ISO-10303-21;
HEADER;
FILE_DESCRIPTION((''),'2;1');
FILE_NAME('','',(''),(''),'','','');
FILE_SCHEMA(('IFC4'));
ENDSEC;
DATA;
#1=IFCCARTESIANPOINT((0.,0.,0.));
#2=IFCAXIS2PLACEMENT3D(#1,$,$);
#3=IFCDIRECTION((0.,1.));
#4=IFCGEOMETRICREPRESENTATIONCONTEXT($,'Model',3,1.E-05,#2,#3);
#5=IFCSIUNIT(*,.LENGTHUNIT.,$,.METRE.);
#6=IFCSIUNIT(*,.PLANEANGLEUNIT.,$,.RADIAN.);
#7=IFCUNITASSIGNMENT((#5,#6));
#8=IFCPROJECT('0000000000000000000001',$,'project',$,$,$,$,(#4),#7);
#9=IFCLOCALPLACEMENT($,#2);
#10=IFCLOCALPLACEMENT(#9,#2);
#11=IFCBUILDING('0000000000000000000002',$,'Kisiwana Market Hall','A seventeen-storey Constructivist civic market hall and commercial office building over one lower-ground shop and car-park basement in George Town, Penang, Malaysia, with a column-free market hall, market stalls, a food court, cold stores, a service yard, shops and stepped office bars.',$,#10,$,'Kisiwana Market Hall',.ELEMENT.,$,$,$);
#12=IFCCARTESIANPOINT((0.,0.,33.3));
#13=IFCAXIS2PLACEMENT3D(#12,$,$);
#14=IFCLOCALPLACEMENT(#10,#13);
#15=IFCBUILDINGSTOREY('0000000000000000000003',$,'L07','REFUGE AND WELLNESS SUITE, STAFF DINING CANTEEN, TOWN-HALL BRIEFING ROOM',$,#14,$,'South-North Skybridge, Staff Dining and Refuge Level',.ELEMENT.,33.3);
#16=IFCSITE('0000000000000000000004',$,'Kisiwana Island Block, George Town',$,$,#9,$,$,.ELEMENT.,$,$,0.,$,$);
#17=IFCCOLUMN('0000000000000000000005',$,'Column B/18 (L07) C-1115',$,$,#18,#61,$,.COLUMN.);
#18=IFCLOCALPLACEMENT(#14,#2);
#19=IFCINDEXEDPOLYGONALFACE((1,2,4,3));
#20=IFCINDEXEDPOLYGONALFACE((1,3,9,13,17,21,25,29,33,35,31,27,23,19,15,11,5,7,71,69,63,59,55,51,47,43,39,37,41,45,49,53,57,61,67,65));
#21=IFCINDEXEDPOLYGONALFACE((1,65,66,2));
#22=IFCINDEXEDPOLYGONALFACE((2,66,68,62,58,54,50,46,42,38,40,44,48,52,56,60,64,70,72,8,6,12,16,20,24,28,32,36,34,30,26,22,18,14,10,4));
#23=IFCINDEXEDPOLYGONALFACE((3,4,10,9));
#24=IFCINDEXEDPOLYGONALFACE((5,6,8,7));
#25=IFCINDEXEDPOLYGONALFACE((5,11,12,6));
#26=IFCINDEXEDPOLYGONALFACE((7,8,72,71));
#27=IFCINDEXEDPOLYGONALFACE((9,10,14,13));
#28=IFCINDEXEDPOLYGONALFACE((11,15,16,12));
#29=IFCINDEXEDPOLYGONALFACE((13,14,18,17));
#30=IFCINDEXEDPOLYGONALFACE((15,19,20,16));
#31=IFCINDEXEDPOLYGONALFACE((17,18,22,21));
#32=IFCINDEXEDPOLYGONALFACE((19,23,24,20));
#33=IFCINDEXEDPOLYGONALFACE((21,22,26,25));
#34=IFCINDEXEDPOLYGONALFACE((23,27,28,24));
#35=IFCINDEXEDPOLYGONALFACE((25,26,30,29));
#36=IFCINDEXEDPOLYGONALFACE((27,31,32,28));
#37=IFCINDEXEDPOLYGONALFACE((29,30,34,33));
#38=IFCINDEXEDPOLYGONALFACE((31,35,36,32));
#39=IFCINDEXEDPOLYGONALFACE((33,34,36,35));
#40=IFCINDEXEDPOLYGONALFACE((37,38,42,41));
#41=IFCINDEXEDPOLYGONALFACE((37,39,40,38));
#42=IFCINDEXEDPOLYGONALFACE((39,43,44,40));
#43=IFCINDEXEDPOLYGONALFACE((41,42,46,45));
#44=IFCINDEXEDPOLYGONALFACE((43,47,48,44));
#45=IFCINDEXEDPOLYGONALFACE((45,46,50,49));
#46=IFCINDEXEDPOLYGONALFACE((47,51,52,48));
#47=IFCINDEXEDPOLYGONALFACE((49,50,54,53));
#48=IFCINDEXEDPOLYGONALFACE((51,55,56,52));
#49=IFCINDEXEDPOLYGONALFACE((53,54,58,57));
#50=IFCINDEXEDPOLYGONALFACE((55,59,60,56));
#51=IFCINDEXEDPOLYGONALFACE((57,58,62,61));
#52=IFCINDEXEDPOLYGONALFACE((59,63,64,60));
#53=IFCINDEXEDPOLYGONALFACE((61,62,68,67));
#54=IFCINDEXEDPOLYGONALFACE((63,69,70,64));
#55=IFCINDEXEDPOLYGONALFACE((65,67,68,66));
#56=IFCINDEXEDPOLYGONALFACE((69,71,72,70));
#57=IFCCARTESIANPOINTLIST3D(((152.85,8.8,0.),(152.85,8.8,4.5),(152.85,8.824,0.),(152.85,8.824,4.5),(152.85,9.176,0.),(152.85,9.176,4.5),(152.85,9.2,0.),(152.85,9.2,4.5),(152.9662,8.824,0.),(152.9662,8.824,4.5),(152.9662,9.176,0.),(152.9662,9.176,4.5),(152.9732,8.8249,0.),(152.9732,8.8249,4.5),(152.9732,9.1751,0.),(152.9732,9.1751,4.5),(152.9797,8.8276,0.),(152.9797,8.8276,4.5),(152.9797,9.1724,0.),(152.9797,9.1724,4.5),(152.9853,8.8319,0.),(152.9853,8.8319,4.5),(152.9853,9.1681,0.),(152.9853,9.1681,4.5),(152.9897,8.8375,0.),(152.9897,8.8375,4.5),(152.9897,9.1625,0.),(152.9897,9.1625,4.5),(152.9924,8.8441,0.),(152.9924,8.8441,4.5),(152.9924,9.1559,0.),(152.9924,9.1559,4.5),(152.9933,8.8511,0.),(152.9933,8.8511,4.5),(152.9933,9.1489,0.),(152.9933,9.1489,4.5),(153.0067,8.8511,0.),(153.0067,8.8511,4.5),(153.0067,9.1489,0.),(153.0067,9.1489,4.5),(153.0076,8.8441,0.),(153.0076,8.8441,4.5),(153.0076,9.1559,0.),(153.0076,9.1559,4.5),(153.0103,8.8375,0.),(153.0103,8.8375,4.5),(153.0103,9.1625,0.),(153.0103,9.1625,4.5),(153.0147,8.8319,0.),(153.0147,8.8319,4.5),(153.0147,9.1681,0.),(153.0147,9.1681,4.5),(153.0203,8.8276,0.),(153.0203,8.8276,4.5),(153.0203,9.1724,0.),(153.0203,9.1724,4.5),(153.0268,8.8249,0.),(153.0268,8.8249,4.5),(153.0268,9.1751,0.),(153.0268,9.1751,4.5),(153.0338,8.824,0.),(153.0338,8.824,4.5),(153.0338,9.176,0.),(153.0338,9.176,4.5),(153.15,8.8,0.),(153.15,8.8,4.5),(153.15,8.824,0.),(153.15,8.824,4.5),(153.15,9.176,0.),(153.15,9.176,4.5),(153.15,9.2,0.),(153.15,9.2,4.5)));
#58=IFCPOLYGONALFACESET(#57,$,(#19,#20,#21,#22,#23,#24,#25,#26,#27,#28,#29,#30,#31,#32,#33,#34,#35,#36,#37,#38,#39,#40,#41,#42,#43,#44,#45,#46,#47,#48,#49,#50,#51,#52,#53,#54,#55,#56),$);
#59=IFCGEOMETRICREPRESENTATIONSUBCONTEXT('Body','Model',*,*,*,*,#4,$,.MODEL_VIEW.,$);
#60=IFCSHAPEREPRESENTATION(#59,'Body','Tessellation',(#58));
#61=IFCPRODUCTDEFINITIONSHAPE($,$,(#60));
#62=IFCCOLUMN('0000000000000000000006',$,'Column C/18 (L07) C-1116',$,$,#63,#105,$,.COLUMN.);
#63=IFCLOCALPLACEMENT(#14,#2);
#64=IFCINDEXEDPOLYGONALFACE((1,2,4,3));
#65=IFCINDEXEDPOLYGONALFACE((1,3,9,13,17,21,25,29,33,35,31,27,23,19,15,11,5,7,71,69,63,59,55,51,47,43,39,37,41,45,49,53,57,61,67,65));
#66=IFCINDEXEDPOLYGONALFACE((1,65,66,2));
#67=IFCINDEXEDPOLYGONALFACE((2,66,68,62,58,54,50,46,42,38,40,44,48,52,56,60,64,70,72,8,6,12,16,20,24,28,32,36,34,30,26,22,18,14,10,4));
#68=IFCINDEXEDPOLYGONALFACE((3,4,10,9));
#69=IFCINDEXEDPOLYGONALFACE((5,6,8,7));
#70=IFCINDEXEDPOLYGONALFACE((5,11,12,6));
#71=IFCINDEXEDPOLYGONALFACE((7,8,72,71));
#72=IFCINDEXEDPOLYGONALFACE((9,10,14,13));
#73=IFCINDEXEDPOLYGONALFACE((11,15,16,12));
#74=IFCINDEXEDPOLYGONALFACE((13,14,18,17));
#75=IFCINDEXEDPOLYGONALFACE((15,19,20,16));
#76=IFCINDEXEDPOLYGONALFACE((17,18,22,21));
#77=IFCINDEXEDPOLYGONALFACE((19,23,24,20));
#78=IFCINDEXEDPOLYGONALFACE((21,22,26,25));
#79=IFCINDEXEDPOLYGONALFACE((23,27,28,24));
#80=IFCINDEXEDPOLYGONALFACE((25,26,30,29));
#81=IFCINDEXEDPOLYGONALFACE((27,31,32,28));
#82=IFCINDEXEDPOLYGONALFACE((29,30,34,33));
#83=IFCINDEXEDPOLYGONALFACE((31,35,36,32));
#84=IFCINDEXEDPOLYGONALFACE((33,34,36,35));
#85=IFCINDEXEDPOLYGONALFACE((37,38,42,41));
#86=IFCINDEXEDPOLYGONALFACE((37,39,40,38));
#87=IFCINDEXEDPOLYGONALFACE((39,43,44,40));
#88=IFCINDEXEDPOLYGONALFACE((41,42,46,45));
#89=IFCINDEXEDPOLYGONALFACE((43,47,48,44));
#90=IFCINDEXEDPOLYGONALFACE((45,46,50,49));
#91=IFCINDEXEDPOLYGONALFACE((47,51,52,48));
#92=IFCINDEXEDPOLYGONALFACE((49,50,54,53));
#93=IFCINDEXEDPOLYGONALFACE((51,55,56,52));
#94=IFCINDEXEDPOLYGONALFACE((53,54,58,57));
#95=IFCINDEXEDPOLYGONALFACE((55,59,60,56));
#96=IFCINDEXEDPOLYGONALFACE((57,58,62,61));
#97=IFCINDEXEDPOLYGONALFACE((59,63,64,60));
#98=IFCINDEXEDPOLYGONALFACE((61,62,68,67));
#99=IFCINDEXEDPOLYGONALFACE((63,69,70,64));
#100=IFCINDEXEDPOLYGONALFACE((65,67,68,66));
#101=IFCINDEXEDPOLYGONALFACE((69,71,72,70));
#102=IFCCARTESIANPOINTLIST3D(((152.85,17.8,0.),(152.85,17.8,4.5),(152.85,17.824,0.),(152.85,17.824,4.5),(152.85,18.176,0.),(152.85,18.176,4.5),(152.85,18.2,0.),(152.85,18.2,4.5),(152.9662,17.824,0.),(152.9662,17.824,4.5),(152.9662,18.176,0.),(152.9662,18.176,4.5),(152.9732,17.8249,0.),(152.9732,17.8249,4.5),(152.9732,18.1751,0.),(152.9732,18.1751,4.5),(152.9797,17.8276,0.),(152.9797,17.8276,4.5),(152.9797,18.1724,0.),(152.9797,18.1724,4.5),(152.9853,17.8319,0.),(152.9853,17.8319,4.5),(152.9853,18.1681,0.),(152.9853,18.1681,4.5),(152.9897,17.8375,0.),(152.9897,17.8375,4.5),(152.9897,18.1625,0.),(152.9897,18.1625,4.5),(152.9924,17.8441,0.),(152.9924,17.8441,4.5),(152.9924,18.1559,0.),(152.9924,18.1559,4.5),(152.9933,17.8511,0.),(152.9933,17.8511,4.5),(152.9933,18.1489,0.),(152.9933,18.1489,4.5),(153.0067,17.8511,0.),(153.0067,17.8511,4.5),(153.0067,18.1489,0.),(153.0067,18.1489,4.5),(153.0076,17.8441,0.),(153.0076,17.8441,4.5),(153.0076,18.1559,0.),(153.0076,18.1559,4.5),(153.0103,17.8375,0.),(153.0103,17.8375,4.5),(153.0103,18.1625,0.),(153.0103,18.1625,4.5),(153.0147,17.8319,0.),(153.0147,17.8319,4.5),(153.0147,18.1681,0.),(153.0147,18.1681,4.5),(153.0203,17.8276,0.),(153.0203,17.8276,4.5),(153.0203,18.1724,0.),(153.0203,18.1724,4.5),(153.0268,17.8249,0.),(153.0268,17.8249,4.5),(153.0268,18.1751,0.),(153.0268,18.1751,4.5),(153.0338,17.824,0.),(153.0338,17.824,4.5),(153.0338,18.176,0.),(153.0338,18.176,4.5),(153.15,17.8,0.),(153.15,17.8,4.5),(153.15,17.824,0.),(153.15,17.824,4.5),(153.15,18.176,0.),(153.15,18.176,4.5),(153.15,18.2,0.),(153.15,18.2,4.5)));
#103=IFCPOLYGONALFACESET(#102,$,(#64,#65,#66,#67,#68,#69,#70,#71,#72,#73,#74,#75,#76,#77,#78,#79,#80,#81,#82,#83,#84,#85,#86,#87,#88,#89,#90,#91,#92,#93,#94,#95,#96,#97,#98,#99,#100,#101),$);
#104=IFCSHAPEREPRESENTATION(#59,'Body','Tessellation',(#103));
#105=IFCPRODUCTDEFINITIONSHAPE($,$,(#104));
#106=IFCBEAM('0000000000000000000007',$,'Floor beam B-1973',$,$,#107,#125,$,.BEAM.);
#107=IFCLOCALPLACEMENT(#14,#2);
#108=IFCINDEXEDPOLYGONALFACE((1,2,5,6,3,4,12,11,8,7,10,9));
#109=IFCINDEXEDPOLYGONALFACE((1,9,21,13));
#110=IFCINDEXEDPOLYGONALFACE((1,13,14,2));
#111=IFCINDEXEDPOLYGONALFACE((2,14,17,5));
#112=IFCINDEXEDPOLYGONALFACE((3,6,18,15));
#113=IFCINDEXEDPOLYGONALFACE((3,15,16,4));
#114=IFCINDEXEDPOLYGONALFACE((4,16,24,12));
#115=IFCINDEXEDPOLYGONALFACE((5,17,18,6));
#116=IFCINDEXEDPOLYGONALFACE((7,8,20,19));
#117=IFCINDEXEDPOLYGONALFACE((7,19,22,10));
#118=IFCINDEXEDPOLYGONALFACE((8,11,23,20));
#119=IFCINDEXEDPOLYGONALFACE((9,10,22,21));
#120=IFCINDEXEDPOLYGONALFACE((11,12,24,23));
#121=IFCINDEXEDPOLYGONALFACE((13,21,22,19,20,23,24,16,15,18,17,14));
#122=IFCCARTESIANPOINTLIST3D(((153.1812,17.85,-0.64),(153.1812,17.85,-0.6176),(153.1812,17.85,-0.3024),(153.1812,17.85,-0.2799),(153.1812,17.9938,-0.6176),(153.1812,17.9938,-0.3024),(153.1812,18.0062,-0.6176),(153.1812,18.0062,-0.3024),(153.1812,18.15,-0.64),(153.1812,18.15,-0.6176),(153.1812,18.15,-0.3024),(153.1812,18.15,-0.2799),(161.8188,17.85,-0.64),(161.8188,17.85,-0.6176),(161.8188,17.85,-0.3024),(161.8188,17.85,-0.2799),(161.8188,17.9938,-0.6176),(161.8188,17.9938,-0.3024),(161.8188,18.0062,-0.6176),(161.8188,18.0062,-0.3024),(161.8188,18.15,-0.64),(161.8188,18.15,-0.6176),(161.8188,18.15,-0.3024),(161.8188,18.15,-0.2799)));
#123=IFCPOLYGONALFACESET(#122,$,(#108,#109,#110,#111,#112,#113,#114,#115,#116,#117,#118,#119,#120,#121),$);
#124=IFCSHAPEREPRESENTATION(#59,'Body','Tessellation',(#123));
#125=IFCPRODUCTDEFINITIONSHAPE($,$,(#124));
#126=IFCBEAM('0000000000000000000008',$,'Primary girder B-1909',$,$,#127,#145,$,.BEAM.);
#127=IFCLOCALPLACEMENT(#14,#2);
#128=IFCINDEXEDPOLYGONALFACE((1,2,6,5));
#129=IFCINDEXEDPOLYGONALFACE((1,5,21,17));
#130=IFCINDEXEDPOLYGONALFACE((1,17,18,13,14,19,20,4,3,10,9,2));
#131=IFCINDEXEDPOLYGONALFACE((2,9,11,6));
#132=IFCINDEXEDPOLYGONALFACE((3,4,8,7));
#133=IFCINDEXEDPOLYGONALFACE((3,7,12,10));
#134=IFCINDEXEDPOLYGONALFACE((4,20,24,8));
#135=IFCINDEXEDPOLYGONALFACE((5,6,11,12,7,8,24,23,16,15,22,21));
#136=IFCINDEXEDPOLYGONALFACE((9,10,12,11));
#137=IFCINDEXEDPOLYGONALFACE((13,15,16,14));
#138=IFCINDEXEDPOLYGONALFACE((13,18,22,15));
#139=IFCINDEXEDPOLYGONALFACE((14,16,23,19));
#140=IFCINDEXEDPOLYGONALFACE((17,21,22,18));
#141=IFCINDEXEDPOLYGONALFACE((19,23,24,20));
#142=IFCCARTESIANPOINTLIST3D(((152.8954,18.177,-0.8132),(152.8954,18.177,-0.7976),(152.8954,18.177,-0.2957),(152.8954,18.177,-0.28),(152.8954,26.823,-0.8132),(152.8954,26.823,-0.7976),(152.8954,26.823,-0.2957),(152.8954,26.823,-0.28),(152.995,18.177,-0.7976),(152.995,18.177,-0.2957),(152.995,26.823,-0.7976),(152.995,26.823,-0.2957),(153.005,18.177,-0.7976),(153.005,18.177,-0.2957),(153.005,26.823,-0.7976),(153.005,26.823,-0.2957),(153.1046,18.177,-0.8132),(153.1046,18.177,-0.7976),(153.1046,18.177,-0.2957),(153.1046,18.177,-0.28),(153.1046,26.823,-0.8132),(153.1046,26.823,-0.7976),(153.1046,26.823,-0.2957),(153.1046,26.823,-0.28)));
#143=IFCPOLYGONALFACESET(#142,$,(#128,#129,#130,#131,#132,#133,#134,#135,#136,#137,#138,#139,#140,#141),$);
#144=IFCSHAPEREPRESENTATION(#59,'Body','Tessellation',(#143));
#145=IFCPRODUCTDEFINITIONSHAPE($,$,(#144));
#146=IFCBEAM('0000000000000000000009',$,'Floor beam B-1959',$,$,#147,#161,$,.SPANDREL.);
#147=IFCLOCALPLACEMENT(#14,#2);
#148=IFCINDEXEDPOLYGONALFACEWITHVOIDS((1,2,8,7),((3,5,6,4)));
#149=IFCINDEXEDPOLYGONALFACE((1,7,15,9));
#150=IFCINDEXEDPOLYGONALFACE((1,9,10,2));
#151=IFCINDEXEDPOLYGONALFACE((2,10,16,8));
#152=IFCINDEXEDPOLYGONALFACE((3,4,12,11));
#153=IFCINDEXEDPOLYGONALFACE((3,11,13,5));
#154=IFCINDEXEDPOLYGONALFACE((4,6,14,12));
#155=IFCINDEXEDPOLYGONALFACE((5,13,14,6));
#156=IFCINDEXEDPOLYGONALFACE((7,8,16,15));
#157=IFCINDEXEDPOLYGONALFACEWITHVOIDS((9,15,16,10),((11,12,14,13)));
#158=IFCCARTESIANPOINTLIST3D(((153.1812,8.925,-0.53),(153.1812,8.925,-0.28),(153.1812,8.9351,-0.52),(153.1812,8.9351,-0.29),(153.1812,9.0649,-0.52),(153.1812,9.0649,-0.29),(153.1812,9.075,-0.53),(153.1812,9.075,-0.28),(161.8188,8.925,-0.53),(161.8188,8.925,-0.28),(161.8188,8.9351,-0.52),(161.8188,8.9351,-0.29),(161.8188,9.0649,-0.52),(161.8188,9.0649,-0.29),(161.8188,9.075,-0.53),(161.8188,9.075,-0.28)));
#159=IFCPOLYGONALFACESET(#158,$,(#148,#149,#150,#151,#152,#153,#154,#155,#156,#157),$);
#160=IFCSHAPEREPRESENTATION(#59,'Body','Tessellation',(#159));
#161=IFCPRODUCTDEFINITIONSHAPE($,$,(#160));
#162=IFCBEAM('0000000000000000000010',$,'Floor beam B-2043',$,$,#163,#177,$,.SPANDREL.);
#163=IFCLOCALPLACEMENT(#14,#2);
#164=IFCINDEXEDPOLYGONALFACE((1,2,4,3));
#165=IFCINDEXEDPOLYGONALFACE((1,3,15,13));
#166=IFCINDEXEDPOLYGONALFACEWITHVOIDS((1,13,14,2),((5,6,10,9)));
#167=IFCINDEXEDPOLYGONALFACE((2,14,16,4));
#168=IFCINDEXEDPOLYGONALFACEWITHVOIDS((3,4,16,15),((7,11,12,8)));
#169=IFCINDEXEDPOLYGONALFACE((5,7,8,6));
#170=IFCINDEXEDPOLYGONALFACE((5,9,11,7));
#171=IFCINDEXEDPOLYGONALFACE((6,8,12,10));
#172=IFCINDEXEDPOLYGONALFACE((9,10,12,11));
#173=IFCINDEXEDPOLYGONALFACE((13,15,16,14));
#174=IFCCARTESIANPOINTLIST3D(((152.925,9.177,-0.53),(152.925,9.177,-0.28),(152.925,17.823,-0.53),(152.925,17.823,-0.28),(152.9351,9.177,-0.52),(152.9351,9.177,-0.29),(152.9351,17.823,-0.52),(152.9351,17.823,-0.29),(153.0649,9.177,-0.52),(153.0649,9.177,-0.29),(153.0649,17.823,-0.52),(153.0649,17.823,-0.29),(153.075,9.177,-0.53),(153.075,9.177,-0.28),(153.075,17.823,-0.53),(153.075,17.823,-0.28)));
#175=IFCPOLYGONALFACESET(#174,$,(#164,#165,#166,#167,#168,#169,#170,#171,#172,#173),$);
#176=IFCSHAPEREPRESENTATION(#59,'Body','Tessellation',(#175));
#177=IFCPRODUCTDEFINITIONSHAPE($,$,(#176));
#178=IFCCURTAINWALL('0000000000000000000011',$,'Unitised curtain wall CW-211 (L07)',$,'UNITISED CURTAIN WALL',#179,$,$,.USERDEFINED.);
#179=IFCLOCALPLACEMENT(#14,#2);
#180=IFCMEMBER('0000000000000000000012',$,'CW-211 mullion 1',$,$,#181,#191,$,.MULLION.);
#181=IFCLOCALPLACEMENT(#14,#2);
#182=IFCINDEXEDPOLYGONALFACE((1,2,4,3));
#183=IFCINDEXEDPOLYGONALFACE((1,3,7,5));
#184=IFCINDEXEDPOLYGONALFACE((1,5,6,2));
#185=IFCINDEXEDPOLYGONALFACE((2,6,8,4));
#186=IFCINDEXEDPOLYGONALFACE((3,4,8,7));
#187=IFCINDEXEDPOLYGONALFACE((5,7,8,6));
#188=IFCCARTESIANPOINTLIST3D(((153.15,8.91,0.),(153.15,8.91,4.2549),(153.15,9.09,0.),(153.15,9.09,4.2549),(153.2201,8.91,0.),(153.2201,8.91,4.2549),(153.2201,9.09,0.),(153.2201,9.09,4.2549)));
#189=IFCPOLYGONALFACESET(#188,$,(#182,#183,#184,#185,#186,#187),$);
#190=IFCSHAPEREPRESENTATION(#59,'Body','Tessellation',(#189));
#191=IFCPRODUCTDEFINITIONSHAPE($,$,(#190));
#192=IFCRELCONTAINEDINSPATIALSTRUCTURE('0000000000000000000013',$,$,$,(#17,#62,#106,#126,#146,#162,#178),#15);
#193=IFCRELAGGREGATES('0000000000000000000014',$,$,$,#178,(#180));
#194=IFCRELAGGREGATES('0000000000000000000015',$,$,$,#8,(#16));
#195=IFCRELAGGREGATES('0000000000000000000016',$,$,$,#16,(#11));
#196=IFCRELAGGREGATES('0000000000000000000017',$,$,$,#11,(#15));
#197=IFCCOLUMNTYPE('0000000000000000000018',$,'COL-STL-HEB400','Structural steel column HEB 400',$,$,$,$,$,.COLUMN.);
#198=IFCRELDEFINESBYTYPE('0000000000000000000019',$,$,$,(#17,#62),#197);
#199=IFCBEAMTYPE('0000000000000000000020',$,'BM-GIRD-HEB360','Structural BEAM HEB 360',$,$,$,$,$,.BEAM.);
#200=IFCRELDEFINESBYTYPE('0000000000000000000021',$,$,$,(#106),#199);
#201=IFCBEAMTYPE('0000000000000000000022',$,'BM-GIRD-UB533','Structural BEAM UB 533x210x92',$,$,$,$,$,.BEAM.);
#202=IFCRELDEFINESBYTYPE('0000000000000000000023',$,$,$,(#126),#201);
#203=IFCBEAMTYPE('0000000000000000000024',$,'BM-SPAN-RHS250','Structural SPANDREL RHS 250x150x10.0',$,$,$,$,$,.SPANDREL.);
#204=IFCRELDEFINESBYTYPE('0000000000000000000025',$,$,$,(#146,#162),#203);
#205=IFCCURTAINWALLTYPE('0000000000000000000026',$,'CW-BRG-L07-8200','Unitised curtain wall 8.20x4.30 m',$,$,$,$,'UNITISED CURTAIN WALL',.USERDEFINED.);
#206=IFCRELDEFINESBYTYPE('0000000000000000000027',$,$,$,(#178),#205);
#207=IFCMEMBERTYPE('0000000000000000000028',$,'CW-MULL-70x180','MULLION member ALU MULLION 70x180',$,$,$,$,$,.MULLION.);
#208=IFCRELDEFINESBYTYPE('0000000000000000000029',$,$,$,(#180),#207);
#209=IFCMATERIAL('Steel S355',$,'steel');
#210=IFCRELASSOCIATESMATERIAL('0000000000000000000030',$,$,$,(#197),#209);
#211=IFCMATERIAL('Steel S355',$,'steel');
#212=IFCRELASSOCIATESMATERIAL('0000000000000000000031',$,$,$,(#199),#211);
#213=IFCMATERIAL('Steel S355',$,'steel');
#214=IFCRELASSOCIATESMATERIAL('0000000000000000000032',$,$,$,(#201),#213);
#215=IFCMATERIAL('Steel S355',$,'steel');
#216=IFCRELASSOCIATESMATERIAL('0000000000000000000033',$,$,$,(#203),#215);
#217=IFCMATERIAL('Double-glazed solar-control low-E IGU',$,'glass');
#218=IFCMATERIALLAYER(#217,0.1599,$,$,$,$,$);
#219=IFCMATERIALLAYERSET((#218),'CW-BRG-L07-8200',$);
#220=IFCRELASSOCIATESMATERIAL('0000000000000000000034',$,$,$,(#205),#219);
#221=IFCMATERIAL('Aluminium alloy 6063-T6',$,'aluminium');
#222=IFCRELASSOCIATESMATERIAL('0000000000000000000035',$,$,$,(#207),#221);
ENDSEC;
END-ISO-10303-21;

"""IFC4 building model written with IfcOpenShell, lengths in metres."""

from ifc_helpers import new_model, si_unit, direction, frame, origin, origin_2d, place, context, subcontext, project, spatial, rectangle, hollow_rectangle, i_section, extrude, material, layer, layer_set, material_profile, profile_set, type_object, element, aggregate, save


model = new_model("IFC4")

# Units and contexts
model_context = context("Model", 3, precision=1e-05, world=origin(), true_north=direction((0.0, 1.0)))
body_context = subcontext(model_context, "Body", "Model", "MODEL_VIEW")
ifc_project = project(units=[si_unit("LENGTHUNIT", "METRE"), si_unit("PLANEANGLEUNIT", "RADIAN")], contexts=[model_context])

# Site, building, storey
site_placement = place(None, origin())
site = spatial("IfcSite", under=ifc_project, at=site_placement, Name="Kisiwana Island Block, George Town", CompositionType="ELEMENT", RefElevation=0.0)
building_placement = place(site_placement, origin())
building = spatial("IfcBuilding", under=site, at=building_placement, Name="Kisiwana Market Hall", Description="A seventeen-storey Constructivist civic market hall and commercial office building over one lower-ground shop and car-park basement in George Town, Penang, Malaysia, with a column-free market hall, market stalls, a food court, cold stores, a service yard, shops and stepped office bars.", LongName="Kisiwana Market Hall", CompositionType="ELEMENT")
storey_placement = place(building_placement, frame((0.0, 0.0, 33.3)))
storey = spatial("IfcBuildingStorey", under=building, at=storey_placement, Name="L07", Description="REFUGE AND WELLNESS SUITE, STAFF DINING CANTEEN, TOWN-HALL BRIEFING ROOM", LongName="South-North Skybridge, Staff Dining and Refuge Level", CompositionType="ELEMENT", Elevation=33.3)

# Columns
ifc_material_1 = material(Name="Steel S355", Category="steel")
ifc_material_profile_1 = material_profile(ifc_material_1, i_section(OverallWidth=0.3, OverallDepth=0.3999, WebThickness=0.0134, FlangeThickness=0.0239, FilletRadius=0.0271, at=origin_2d()), Name="HEB 400")
ifc_profile_set_1 = profile_set([ifc_material_profile_1], Name="Steel S355")
column_type = type_object("IfcColumnType", Name="COL-STL-HEB400", Description="Structural steel column HEB 400", PredefinedType="COLUMN", material=ifc_profile_set_1)
for number, where, z_axis, x_axis, name in (
    (1, (153.0, 9.0, 0.0), (0.0, 0.0, 1.0), (1.0, 0.0, 0.0), "Column B/18 (L07) C-1115"),
    (2, (153.0, 18.0, 0.0), (0.0, 0.0, 1.0), (1.0, 0.0, 0.0), "Column C/18 (L07) C-1116"),
):
    element("IfcColumn", number, at=place(storey_placement, frame(where, z_axis=z_axis, x_axis=x_axis)), inside=storey, type_object=column_type, Name=name, PredefinedType="COLUMN", context=body_context, shape_type="SweptSolid", body=[
        extrude(i_section(OverallWidth=0.3, OverallDepth=0.3999, WebThickness=0.0134, FlangeThickness=0.0239, FilletRadius=0.0271, at=origin_2d()), origin(), (0.0, 0.0, 1.0), 4.5),
    ])

# Beams
ifc_material_2 = material(Name="Steel S355", Category="steel")
ifc_material_profile_2 = material_profile(ifc_material_2, i_section(OverallWidth=0.3, OverallDepth=0.3601, WebThickness=0.0125, FlangeThickness=0.0225, at=origin_2d()), Name="HEB 360")
ifc_profile_set_2 = profile_set([ifc_material_profile_2], Name="Steel S355")
beam_type_1 = type_object("IfcBeamType", Name="BM-GIRD-HEB360", Description="Structural BEAM HEB 360", PredefinedType="BEAM", material=ifc_profile_set_2)
beam_1_placement = place(storey_placement, frame((153.1812, 18.0, -0.46), z_axis=(1.0, 0.0, 0.0), x_axis=(0.0, 1.0, 0.0)))
element("IfcBeam", 3, at=beam_1_placement, inside=storey, type_object=beam_type_1, Name="Floor beam B-1973", PredefinedType="BEAM", context=body_context, shape_type="SweptSolid", body=[
    extrude(i_section(OverallWidth=0.3, OverallDepth=0.3601, WebThickness=0.0125, FlangeThickness=0.0225, at=origin_2d()), origin(), (0.0, 0.0, 1.0), 8.6377),
])
ifc_material_3 = material(Name="Steel S355", Category="steel")
ifc_material_profile_3 = material_profile(ifc_material_3, i_section(OverallWidth=0.2092, OverallDepth=0.5332, WebThickness=0.01, FlangeThickness=0.0156, at=origin_2d()), Name="UB 533x210x92")
ifc_profile_set_3 = profile_set([ifc_material_profile_3], Name="Steel S355")
beam_type_2 = type_object("IfcBeamType", Name="BM-GIRD-UB533", Description="Structural BEAM UB 533x210x92", PredefinedType="BEAM", material=ifc_profile_set_3)
beam_2_placement = place(storey_placement, frame((153.0, 18.177, -0.5466), z_axis=(0.0, 1.0, 0.0), x_axis=(-1.0, 0.0, 0.0)))
element("IfcBeam", 4, at=beam_2_placement, inside=storey, type_object=beam_type_2, Name="Primary girder B-1909", PredefinedType="BEAM", context=body_context, shape_type="SweptSolid", body=[
    extrude(i_section(OverallWidth=0.2092, OverallDepth=0.5332, WebThickness=0.01, FlangeThickness=0.0156, at=origin_2d()), origin(), (0.0, 0.0, 1.0), 8.646),
])
ifc_material_4 = material(Name="Steel S355", Category="steel")
ifc_material_profile_4 = material_profile(ifc_material_4, hollow_rectangle(XDim=0.1499, YDim=0.25, WallThickness=0.01, at=origin_2d()), Name="RHS 250x150x10.0")
ifc_profile_set_4 = profile_set([ifc_material_profile_4], Name="Steel S355")
beam_type_3 = type_object("IfcBeamType", Name="BM-SPAN-RHS250", Description="Structural SPANDREL RHS 250x150x10.0", PredefinedType="SPANDREL", material=ifc_profile_set_4)
beam_3_placement = place(storey_placement, frame((153.1812, 9.0, -0.405), z_axis=(1.0, 0.0, 0.0), x_axis=(0.0, 1.0, 0.0)))
element("IfcBeam", 5, at=beam_3_placement, inside=storey, type_object=beam_type_3, Name="Floor beam B-1959", PredefinedType="SPANDREL", context=body_context, shape_type="SweptSolid", body=[
    extrude(hollow_rectangle(XDim=0.1499, YDim=0.25, WallThickness=0.01, at=origin_2d()), origin(), (0.0, 0.0, 1.0), 8.6377),
])
beam_4_placement = place(storey_placement, frame((153.0, 9.177, -0.405), z_axis=(0.0, 1.0, 0.0), x_axis=(-1.0, 0.0, 0.0)))
element("IfcBeam", 6, at=beam_4_placement, inside=storey, type_object=beam_type_3, Name="Floor beam B-2043", PredefinedType="SPANDREL", context=body_context, shape_type="SweptSolid", body=[
    extrude(hollow_rectangle(XDim=0.1499, YDim=0.25, WallThickness=0.01, at=origin_2d()), origin(), (0.0, 0.0, 1.0), 8.646),
])

# Curtain wall, member
ifc_material_5 = material(Name="Double-glazed solar-control low-E IGU", Category="glass")
ifc_layer_1 = layer(ifc_material_5, 0.1599)
ifc_layer_set_1 = layer_set([ifc_layer_1], Name="CW-BRG-L07-8200")
curtain_wall_type = type_object("IfcCurtainWallType", Name="CW-BRG-L07-8200", Description="Unitised curtain wall 8.20x4.30 m", ElementType="UNITISED CURTAIN WALL", PredefinedType="USERDEFINED", material=ifc_layer_set_1)
curtain_wall_1_placement = place(storey_placement, origin())
curtain_wall_1 = element("IfcCurtainWall", 7, at=curtain_wall_1_placement, inside=storey, type_object=curtain_wall_type, Name="Unitised curtain wall CW-211 (L07)", ObjectType="UNITISED CURTAIN WALL", PredefinedType="USERDEFINED")
ifc_material_6 = material(Name="Aluminium alloy 6063-T6", Category="aluminium")
ifc_material_profile_5 = material_profile(ifc_material_6, rectangle(XDim=0.0701, YDim=0.1799, at=origin_2d()), Name="ALU MULLION 70x180")
ifc_profile_set_5 = profile_set([ifc_material_profile_5], Name="Aluminium alloy 6063-T6")
member_type_1 = type_object("IfcMemberType", Name="CW-MULL-70x180", Description="MULLION member ALU MULLION 70x180", PredefinedType="MULLION", material=ifc_profile_set_5)
member_1_placement = place(storey_placement, frame((153.1851, 9.0, 0.0), z_axis=(0.0, 0.0, 1.0), x_axis=(1.0, 0.0, 0.0)))
member_1 = element("IfcMember", 8, at=member_1_placement, type_object=member_type_1, Name="CW-211 mullion 1", PredefinedType="MULLION", context=body_context, shape_type="SweptSolid", body=[
    extrude(rectangle(XDim=0.0701, YDim=0.1799, at=origin_2d()), origin(), (0.0, 0.0, 1.0), 4.2549),
])

aggregate(curtain_wall_1, [member_1])

save(model, "model.ifc")
